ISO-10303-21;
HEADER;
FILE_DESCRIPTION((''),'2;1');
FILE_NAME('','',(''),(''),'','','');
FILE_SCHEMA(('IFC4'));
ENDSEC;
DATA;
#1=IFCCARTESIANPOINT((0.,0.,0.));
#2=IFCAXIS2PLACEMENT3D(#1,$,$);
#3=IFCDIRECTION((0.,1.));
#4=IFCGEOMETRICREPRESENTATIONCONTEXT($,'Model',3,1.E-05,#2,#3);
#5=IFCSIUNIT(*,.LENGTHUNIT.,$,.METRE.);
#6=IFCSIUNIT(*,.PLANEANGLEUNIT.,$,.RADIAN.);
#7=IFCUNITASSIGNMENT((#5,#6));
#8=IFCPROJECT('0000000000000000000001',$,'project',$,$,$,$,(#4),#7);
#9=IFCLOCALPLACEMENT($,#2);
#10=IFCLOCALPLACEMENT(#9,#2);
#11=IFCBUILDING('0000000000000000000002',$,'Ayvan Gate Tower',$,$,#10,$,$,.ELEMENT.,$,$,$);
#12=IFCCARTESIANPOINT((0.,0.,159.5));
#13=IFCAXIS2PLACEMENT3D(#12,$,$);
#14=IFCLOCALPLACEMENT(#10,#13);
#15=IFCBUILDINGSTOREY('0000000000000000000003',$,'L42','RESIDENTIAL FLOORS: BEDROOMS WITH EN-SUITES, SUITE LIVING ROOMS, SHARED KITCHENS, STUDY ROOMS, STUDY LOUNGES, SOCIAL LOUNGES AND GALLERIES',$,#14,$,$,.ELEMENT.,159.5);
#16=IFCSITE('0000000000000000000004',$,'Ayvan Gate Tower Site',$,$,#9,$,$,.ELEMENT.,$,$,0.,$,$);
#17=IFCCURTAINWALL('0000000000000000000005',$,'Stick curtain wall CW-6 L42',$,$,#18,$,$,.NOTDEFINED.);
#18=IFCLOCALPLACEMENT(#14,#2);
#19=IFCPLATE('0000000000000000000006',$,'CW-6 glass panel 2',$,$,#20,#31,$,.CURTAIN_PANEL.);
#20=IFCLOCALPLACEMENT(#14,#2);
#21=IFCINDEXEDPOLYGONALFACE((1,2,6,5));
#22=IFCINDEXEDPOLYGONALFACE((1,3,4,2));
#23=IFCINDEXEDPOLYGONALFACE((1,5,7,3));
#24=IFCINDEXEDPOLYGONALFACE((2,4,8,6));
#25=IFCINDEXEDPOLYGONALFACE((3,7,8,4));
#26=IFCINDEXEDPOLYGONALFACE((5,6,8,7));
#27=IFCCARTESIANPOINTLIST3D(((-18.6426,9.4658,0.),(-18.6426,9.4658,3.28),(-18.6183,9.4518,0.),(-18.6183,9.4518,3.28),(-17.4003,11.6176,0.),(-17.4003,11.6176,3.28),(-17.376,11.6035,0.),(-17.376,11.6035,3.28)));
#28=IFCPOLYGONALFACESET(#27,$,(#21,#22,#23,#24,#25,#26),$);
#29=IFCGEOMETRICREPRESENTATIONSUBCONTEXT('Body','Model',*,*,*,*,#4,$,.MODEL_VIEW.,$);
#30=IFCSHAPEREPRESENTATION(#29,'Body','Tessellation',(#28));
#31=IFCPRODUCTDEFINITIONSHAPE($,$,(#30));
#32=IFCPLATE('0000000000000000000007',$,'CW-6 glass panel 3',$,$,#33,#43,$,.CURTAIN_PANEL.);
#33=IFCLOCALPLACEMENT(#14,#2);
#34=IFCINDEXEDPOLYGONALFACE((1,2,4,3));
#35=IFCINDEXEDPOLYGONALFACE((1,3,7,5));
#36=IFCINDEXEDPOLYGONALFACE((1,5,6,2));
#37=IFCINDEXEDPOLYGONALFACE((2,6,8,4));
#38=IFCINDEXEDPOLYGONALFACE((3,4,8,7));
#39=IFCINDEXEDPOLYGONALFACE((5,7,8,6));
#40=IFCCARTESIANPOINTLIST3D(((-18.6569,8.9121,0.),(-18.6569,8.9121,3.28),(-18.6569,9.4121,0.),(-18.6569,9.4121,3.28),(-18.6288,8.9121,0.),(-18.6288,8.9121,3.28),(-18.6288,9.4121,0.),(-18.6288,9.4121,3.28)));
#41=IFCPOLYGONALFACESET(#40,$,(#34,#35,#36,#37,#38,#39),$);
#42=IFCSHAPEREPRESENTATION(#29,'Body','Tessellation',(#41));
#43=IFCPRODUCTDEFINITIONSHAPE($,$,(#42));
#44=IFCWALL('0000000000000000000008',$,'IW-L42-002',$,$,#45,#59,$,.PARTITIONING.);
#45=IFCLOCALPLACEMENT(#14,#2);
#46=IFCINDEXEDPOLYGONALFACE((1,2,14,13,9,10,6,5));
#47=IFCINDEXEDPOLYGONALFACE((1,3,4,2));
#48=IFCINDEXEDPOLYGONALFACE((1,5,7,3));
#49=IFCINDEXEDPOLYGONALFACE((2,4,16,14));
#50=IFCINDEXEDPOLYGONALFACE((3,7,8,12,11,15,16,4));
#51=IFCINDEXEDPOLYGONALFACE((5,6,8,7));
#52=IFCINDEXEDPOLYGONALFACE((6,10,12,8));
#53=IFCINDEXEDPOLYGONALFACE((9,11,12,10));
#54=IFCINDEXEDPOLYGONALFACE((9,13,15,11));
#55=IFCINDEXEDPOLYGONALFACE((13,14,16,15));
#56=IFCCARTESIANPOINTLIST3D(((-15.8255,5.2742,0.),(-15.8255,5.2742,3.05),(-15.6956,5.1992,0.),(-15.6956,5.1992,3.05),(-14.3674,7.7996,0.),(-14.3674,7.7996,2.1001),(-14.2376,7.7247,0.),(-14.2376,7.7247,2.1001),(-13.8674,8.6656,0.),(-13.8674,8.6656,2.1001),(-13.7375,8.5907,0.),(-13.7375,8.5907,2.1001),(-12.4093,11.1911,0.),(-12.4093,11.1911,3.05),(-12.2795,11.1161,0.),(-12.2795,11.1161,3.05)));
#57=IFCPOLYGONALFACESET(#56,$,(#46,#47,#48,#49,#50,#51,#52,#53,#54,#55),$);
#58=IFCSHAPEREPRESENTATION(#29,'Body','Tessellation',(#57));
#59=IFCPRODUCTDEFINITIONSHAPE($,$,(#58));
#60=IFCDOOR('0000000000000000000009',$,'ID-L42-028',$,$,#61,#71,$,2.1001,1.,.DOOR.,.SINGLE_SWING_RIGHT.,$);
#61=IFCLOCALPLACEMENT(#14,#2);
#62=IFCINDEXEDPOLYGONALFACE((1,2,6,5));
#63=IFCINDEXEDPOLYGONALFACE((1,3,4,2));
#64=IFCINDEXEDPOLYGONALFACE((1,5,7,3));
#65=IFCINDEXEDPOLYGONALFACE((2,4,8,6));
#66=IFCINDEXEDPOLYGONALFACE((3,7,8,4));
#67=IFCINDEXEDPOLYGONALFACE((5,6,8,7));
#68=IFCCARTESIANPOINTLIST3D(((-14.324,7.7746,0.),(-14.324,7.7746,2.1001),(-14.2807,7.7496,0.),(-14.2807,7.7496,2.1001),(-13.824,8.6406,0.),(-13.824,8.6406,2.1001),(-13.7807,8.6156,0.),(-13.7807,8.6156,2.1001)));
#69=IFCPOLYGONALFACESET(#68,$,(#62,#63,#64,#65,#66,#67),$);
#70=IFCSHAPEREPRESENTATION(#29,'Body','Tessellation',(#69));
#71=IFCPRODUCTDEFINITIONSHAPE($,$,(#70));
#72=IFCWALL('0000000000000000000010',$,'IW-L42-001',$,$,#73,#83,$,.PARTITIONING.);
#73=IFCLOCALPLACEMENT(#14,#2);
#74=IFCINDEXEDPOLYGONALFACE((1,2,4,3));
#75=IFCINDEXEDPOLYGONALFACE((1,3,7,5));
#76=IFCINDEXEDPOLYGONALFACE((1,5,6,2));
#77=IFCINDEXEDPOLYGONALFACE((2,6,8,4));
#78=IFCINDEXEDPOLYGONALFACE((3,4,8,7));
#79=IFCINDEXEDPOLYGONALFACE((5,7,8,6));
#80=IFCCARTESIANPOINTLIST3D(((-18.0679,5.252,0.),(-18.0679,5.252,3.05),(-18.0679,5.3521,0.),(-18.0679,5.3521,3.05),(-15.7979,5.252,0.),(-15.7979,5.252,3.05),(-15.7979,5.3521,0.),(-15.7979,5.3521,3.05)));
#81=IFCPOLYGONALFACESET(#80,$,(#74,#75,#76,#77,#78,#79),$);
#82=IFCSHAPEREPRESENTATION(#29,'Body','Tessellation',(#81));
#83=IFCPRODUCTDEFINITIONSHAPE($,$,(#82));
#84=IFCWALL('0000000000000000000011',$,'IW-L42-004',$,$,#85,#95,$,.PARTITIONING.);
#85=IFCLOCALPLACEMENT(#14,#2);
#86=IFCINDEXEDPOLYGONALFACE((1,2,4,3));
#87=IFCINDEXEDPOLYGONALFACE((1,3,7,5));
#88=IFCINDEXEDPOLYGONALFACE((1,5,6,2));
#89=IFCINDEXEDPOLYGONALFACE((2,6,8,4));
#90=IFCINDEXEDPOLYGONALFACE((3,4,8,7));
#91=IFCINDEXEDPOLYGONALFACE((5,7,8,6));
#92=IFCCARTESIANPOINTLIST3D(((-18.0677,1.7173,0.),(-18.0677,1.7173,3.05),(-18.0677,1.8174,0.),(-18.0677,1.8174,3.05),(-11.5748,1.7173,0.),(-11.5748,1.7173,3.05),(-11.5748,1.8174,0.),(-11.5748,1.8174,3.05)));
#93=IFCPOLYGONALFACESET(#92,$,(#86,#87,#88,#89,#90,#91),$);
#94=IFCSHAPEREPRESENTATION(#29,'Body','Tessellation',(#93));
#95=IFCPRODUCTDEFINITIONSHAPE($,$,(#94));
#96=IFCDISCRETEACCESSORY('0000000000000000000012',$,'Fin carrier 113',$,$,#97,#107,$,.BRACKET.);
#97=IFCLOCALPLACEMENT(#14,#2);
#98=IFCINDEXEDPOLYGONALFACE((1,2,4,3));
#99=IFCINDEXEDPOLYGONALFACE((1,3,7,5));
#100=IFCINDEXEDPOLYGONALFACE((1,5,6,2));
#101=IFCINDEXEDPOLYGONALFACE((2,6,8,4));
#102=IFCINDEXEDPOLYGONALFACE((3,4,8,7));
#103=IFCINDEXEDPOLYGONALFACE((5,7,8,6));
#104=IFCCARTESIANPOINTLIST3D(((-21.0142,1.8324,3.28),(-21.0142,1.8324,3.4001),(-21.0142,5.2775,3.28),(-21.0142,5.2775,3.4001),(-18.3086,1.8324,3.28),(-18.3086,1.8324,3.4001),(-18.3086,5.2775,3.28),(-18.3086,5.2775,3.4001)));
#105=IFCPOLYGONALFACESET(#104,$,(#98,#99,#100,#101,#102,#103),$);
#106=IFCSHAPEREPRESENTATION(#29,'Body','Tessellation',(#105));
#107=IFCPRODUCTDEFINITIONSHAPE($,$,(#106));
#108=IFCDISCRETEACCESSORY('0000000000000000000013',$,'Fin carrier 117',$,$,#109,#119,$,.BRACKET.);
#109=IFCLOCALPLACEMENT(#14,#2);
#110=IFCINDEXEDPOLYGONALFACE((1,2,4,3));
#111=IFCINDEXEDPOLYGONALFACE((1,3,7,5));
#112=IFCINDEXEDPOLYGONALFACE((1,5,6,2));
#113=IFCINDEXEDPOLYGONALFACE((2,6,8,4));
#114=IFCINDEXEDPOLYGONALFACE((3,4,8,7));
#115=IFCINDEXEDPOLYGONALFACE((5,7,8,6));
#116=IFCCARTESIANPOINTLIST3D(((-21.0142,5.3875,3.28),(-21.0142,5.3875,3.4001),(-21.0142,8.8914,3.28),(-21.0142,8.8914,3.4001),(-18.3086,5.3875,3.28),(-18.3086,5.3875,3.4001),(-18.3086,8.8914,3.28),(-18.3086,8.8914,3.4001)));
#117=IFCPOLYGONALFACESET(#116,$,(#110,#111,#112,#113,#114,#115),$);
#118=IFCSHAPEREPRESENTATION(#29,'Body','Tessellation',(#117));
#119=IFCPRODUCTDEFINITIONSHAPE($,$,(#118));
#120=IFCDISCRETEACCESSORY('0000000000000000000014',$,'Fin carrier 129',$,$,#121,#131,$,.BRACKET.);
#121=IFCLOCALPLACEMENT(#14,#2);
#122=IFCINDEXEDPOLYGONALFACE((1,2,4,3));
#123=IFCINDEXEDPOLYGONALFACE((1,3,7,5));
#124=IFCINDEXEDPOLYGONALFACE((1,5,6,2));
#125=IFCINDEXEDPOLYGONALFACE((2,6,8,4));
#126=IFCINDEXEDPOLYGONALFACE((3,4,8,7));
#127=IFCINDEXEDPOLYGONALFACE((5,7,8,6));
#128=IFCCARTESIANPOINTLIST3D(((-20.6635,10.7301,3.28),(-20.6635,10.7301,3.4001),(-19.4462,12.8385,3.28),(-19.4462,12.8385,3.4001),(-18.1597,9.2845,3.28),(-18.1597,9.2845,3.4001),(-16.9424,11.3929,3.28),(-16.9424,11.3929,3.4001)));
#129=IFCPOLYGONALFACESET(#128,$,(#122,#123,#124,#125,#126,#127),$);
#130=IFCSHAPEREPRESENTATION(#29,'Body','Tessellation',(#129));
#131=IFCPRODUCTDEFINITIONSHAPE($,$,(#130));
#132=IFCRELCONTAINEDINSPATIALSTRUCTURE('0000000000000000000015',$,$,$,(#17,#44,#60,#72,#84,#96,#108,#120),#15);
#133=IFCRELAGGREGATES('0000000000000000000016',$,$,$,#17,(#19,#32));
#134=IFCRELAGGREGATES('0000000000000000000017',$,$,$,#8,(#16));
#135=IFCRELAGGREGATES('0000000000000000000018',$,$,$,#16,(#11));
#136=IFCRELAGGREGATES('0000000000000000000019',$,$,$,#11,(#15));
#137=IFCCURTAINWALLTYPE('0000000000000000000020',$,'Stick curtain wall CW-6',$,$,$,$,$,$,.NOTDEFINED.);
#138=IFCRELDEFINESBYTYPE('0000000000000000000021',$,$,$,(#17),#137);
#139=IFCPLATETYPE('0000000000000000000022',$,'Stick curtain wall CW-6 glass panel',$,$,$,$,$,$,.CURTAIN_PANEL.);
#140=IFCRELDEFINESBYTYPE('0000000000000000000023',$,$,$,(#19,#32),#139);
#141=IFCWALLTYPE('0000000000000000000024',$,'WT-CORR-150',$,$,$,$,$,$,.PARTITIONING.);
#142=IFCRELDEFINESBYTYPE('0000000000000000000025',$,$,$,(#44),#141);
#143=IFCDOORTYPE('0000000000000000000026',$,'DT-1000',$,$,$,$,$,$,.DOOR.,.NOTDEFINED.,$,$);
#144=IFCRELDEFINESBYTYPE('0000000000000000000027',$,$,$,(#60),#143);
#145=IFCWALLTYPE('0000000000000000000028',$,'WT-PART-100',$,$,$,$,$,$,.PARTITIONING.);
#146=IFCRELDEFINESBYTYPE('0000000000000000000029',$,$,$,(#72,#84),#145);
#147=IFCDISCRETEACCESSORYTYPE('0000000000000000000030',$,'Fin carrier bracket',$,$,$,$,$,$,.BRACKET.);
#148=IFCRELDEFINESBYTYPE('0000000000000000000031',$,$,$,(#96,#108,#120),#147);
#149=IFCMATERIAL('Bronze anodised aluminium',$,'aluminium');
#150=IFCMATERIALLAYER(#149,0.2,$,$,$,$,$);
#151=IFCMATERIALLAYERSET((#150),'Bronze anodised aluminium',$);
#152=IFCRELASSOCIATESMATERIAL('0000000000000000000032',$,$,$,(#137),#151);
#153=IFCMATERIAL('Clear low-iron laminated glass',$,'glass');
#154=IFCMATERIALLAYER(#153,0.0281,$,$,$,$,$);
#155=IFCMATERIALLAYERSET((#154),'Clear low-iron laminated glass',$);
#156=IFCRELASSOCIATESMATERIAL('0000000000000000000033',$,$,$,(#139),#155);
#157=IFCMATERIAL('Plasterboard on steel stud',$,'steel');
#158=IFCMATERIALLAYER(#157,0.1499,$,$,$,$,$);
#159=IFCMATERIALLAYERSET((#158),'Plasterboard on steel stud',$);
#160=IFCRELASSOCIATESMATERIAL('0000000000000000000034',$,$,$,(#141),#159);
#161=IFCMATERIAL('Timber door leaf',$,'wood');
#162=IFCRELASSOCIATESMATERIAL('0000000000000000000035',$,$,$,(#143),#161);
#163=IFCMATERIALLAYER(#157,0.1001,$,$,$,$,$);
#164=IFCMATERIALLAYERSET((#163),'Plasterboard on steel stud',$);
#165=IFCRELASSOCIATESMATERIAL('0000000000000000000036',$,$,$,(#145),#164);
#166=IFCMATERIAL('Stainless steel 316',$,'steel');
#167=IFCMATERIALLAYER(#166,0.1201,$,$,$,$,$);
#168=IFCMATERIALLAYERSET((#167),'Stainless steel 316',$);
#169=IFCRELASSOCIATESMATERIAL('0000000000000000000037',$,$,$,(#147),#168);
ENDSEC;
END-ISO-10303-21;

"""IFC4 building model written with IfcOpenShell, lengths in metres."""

from ifc_helpers import new_model, si_unit, direction, frame, frame_2d, origin, origin_2d, place, context, subcontext, project, spatial, rectangle, extrude, material, layer, layer_set, type_object, element, fill, aggregate, save


model = new_model("IFC4")

# Units and contexts
model_context = context("Model", 3, precision=1e-05, world=origin(), true_north=direction((0.0, 1.0)))
body_context = subcontext(model_context, "Body", "Model", "MODEL_VIEW")
ifc_project = project(units=[si_unit("LENGTHUNIT", "METRE"), si_unit("PLANEANGLEUNIT", "RADIAN")], contexts=[model_context])

# Site, building, storey
site_placement = place(None, origin())
site = spatial("IfcSite", under=ifc_project, at=site_placement, Name="Ayvan Gate Tower Site", CompositionType="ELEMENT", RefElevation=0.0)
building_placement = place(site_placement, origin())
building = spatial("IfcBuilding", under=site, at=building_placement, Name="Ayvan Gate Tower", CompositionType="ELEMENT")
storey_placement = place(building_placement, frame((0.0, 0.0, 159.5)))
storey = spatial("IfcBuildingStorey", under=building, at=storey_placement, Name="L42", Description="RESIDENTIAL FLOORS: BEDROOMS WITH EN-SUITES, SUITE LIVING ROOMS, SHARED KITCHENS, STUDY ROOMS, STUDY LOUNGES, SOCIAL LOUNGES AND GALLERIES", CompositionType="ELEMENT", Elevation=159.5)

# Curtain wall
ifc_material_1 = material(Name="Bronze anodised aluminium", Category="aluminium")
ifc_layer_1 = layer(ifc_material_1, 0.2)
ifc_layer_set_1 = layer_set([ifc_layer_1], Name="Bronze anodised aluminium")
curtain_wall_type_1 = type_object("IfcCurtainWallType", Name="Stick curtain wall CW-6", PredefinedType="NOTDEFINED", material=ifc_layer_set_1)
curtain_wall_1_placement = place(storey_placement, origin())
curtain_wall_1 = element("IfcCurtainWall", 1, at=curtain_wall_1_placement, inside=storey, type_object=curtain_wall_type_1, Name="Stick curtain wall CW-6 L42", PredefinedType="NOTDEFINED")

# Plates
ifc_material_2 = material(Name="Clear low-iron laminated glass", Category="glass")
ifc_layer_2 = layer(ifc_material_2, 0.0281)
ifc_layer_set_2 = layer_set([ifc_layer_2], Name="Clear low-iron laminated glass")
plate_type_1 = type_object("IfcPlateType", Name="Stick curtain wall CW-6 glass panel", PredefinedType="CURTAIN_PANEL", material=ifc_layer_set_2)
plate_1_placement = place(storey_placement, frame((-18.0093, 10.5347, 0.0), z_axis=(0.0, 0.0, 1.0), x_axis=(-0.5, -0.866025, 0.0)))
plate_1 = element("IfcPlate", 2, at=plate_1_placement, type_object=plate_type_1, Name="CW-6 glass panel 2", PredefinedType="CURTAIN_PANEL", context=body_context, shape_type="SweptSolid", body=[
    extrude(rectangle(XDim=2.4846, YDim=0.0281, at=origin_2d()), origin(), (0.0, 0.0, 1.0), 3.28),
])
plate_2_placement = place(storey_placement, frame((-18.6428, 9.1621, 0.0), z_axis=(0.0, 0.0, 1.0), x_axis=(0.0, -1.0, 0.0)))
plate_2 = element("IfcPlate", 3, at=plate_2_placement, type_object=plate_type_1, Name="CW-6 glass panel 3", PredefinedType="CURTAIN_PANEL", context=body_context, shape_type="SweptSolid", body=[
    extrude(rectangle(XDim=0.5, YDim=0.0281, at=origin_2d()), origin(), (0.0, 0.0, 1.0), 3.28),
])
aggregate(curtain_wall_1, [plate_1, plate_2])

# Wall, opening, door
ifc_material_3 = material(Name="Plasterboard on steel stud", Category="steel")
ifc_layer_3 = layer(ifc_material_3, 0.1499)
ifc_layer_set_3 = layer_set([ifc_layer_3], Name="Plasterboard on steel stud")
wall_type_1 = type_object("IfcWallType", Name="WT-CORR-150", PredefinedType="PARTITIONING", material=ifc_layer_set_3)
wall_1_placement = place(storey_placement, frame((-15.7605, 5.2368, 0.0), z_axis=(0.0, 0.0, 1.0), x_axis=(0.500009, 0.86602, 0.0)))
wall_1 = element("IfcWall", 4, at=wall_1_placement, inside=storey, type_object=wall_type_1, Name="IW-L42-002", PredefinedType="PARTITIONING", context=body_context, shape_type="SweptSolid", body=[
    extrude(rectangle(XDim=6.8323, YDim=0.1499, at=frame_2d((3.416, 0.0))), origin(), (0.0, 0.0, 1.0), 3.05),
])
opening_placement = place(wall_1_placement, frame((2.916, 0.0, 0.0)))
opening = element("IfcOpeningElement", 5, at=opening_placement, cuts=wall_1, PredefinedType="OPENING", context=body_context, shape_type="SweptSolid", body=[
    extrude(rectangle(XDim=1.0, YDim=2.1001, at=frame_2d((0.5, 1.05))), frame((0.0, 0.085, 0.0), z_axis=(0.0, -1.0, 0.0), x_axis=(1.0, 0.0, 0.0)), (0.0, 0.0, 1.0), 0.1699),
])
ifc_material_4 = material(Name="Timber door leaf", Category="wood")
door_type = type_object("IfcDoorType", Name="DT-1000", OperationType="NOTDEFINED", PredefinedType="DOOR", material=ifc_material_4)
door_placement = place(opening_placement, origin())
door = element("IfcDoor", 6, at=door_placement, inside=storey, type_object=door_type, Name="ID-L42-028", OperationType="SINGLE_SWING_RIGHT", OverallHeight=2.1001, OverallWidth=1.0, PredefinedType="DOOR", context=body_context, shape_type="SweptSolid", body=[
    extrude(rectangle(XDim=1.0, YDim=2.1001, at=frame_2d((0.5, 1.05))), frame((0.0, 0.0249, 0.0), z_axis=(0.0, -1.0, 0.0), x_axis=(1.0, 0.0, 0.0)), (0.0, 0.0, 1.0), 0.05),
])
fill(opening, door)

# Walls
ifc_layer_4 = layer(ifc_material_3, 0.1001)
ifc_layer_set_4 = layer_set([ifc_layer_4], Name="Plasterboard on steel stud")
wall_type_2 = type_object("IfcWallType", Name="WT-PART-100", PredefinedType="PARTITIONING", material=ifc_layer_set_4)
wall_2_placement = place(storey_placement, frame((-15.7979, 5.302, 0.0), z_axis=(0.0, 0.0, 1.0), x_axis=(-1.0, 0.0, 0.0)))
element("IfcWall", 7, at=wall_2_placement, inside=storey, type_object=wall_type_2, Name="IW-L42-001", PredefinedType="PARTITIONING", context=body_context, shape_type="SweptSolid", body=[
    extrude(rectangle(XDim=2.27, YDim=0.1001, at=frame_2d((1.135, 0.0))), origin(), (0.0, 0.0, 1.0), 3.05),
])
wall_3_placement = place(storey_placement, frame((-18.0679, 1.7673, 0.0), z_axis=(0.0, 0.0, 1.0), x_axis=(1.0, 0.0, 0.0)))
element("IfcWall", 8, at=wall_3_placement, inside=storey, type_object=wall_type_2, Name="IW-L42-004", PredefinedType="PARTITIONING", context=body_context, shape_type="SweptSolid", body=[
    extrude(rectangle(XDim=6.4929, YDim=0.1001, at=frame_2d((3.2466, 0.0))), origin(), (0.0, 0.0, 1.0), 3.05),
])

# Discrete accessories
ifc_material_5 = material(Name="Stainless steel 316", Category="steel")
ifc_layer_5 = layer(ifc_material_5, 0.1201)
ifc_layer_set_5 = layer_set([ifc_layer_5], Name="Stainless steel 316")
discrete_accessory_type = type_object("IfcDiscreteAccessoryType", Name="Fin carrier bracket", PredefinedType="BRACKET", material=ifc_layer_set_5)
discrete_accessory_1_placement = place(storey_placement, frame((-19.6614, 3.5549, 3.28), z_axis=(0.0, 0.0, 1.0), x_axis=(0.0, -1.0, 0.0)))
element("IfcDiscreteAccessory", 9, at=discrete_accessory_1_placement, inside=storey, type_object=discrete_accessory_type, Name="Fin carrier 113", PredefinedType="BRACKET", context=body_context, shape_type="SweptSolid", body=[
    extrude(rectangle(XDim=3.4451, YDim=2.7056, at=origin_2d()), origin(), (0.0, 0.0, 1.0), 0.1201),
])
discrete_accessory_2_placement = place(storey_placement, frame((-19.6614, 7.1394, 3.28), z_axis=(0.0, 0.0, 1.0), x_axis=(0.0, -1.0, 0.0)))
element("IfcDiscreteAccessory", 10, at=discrete_accessory_2_placement, inside=storey, type_object=discrete_accessory_type, Name="Fin carrier 117", PredefinedType="BRACKET", context=body_context, shape_type="SweptSolid", body=[
    extrude(rectangle(XDim=3.5039, YDim=2.7056, at=origin_2d()), origin(), (0.0, 0.0, 1.0), 0.1201),
])
discrete_accessory_3_placement = place(storey_placement, frame((-18.803, 11.0615, 3.28), z_axis=(0.0, 0.0, 1.0), x_axis=(-0.5, -0.866025, 0.0)))
element("IfcDiscreteAccessory", 11, at=discrete_accessory_3_placement, inside=storey, type_object=discrete_accessory_type, Name="Fin carrier 129", PredefinedType="BRACKET", context=body_context, shape_type="SweptSolid", body=[
    extrude(rectangle(XDim=2.4346, YDim=2.8911, at=origin_2d()), origin(), (0.0, 0.0, 1.0), 0.1201),
])

save(model, "model.ifc")
